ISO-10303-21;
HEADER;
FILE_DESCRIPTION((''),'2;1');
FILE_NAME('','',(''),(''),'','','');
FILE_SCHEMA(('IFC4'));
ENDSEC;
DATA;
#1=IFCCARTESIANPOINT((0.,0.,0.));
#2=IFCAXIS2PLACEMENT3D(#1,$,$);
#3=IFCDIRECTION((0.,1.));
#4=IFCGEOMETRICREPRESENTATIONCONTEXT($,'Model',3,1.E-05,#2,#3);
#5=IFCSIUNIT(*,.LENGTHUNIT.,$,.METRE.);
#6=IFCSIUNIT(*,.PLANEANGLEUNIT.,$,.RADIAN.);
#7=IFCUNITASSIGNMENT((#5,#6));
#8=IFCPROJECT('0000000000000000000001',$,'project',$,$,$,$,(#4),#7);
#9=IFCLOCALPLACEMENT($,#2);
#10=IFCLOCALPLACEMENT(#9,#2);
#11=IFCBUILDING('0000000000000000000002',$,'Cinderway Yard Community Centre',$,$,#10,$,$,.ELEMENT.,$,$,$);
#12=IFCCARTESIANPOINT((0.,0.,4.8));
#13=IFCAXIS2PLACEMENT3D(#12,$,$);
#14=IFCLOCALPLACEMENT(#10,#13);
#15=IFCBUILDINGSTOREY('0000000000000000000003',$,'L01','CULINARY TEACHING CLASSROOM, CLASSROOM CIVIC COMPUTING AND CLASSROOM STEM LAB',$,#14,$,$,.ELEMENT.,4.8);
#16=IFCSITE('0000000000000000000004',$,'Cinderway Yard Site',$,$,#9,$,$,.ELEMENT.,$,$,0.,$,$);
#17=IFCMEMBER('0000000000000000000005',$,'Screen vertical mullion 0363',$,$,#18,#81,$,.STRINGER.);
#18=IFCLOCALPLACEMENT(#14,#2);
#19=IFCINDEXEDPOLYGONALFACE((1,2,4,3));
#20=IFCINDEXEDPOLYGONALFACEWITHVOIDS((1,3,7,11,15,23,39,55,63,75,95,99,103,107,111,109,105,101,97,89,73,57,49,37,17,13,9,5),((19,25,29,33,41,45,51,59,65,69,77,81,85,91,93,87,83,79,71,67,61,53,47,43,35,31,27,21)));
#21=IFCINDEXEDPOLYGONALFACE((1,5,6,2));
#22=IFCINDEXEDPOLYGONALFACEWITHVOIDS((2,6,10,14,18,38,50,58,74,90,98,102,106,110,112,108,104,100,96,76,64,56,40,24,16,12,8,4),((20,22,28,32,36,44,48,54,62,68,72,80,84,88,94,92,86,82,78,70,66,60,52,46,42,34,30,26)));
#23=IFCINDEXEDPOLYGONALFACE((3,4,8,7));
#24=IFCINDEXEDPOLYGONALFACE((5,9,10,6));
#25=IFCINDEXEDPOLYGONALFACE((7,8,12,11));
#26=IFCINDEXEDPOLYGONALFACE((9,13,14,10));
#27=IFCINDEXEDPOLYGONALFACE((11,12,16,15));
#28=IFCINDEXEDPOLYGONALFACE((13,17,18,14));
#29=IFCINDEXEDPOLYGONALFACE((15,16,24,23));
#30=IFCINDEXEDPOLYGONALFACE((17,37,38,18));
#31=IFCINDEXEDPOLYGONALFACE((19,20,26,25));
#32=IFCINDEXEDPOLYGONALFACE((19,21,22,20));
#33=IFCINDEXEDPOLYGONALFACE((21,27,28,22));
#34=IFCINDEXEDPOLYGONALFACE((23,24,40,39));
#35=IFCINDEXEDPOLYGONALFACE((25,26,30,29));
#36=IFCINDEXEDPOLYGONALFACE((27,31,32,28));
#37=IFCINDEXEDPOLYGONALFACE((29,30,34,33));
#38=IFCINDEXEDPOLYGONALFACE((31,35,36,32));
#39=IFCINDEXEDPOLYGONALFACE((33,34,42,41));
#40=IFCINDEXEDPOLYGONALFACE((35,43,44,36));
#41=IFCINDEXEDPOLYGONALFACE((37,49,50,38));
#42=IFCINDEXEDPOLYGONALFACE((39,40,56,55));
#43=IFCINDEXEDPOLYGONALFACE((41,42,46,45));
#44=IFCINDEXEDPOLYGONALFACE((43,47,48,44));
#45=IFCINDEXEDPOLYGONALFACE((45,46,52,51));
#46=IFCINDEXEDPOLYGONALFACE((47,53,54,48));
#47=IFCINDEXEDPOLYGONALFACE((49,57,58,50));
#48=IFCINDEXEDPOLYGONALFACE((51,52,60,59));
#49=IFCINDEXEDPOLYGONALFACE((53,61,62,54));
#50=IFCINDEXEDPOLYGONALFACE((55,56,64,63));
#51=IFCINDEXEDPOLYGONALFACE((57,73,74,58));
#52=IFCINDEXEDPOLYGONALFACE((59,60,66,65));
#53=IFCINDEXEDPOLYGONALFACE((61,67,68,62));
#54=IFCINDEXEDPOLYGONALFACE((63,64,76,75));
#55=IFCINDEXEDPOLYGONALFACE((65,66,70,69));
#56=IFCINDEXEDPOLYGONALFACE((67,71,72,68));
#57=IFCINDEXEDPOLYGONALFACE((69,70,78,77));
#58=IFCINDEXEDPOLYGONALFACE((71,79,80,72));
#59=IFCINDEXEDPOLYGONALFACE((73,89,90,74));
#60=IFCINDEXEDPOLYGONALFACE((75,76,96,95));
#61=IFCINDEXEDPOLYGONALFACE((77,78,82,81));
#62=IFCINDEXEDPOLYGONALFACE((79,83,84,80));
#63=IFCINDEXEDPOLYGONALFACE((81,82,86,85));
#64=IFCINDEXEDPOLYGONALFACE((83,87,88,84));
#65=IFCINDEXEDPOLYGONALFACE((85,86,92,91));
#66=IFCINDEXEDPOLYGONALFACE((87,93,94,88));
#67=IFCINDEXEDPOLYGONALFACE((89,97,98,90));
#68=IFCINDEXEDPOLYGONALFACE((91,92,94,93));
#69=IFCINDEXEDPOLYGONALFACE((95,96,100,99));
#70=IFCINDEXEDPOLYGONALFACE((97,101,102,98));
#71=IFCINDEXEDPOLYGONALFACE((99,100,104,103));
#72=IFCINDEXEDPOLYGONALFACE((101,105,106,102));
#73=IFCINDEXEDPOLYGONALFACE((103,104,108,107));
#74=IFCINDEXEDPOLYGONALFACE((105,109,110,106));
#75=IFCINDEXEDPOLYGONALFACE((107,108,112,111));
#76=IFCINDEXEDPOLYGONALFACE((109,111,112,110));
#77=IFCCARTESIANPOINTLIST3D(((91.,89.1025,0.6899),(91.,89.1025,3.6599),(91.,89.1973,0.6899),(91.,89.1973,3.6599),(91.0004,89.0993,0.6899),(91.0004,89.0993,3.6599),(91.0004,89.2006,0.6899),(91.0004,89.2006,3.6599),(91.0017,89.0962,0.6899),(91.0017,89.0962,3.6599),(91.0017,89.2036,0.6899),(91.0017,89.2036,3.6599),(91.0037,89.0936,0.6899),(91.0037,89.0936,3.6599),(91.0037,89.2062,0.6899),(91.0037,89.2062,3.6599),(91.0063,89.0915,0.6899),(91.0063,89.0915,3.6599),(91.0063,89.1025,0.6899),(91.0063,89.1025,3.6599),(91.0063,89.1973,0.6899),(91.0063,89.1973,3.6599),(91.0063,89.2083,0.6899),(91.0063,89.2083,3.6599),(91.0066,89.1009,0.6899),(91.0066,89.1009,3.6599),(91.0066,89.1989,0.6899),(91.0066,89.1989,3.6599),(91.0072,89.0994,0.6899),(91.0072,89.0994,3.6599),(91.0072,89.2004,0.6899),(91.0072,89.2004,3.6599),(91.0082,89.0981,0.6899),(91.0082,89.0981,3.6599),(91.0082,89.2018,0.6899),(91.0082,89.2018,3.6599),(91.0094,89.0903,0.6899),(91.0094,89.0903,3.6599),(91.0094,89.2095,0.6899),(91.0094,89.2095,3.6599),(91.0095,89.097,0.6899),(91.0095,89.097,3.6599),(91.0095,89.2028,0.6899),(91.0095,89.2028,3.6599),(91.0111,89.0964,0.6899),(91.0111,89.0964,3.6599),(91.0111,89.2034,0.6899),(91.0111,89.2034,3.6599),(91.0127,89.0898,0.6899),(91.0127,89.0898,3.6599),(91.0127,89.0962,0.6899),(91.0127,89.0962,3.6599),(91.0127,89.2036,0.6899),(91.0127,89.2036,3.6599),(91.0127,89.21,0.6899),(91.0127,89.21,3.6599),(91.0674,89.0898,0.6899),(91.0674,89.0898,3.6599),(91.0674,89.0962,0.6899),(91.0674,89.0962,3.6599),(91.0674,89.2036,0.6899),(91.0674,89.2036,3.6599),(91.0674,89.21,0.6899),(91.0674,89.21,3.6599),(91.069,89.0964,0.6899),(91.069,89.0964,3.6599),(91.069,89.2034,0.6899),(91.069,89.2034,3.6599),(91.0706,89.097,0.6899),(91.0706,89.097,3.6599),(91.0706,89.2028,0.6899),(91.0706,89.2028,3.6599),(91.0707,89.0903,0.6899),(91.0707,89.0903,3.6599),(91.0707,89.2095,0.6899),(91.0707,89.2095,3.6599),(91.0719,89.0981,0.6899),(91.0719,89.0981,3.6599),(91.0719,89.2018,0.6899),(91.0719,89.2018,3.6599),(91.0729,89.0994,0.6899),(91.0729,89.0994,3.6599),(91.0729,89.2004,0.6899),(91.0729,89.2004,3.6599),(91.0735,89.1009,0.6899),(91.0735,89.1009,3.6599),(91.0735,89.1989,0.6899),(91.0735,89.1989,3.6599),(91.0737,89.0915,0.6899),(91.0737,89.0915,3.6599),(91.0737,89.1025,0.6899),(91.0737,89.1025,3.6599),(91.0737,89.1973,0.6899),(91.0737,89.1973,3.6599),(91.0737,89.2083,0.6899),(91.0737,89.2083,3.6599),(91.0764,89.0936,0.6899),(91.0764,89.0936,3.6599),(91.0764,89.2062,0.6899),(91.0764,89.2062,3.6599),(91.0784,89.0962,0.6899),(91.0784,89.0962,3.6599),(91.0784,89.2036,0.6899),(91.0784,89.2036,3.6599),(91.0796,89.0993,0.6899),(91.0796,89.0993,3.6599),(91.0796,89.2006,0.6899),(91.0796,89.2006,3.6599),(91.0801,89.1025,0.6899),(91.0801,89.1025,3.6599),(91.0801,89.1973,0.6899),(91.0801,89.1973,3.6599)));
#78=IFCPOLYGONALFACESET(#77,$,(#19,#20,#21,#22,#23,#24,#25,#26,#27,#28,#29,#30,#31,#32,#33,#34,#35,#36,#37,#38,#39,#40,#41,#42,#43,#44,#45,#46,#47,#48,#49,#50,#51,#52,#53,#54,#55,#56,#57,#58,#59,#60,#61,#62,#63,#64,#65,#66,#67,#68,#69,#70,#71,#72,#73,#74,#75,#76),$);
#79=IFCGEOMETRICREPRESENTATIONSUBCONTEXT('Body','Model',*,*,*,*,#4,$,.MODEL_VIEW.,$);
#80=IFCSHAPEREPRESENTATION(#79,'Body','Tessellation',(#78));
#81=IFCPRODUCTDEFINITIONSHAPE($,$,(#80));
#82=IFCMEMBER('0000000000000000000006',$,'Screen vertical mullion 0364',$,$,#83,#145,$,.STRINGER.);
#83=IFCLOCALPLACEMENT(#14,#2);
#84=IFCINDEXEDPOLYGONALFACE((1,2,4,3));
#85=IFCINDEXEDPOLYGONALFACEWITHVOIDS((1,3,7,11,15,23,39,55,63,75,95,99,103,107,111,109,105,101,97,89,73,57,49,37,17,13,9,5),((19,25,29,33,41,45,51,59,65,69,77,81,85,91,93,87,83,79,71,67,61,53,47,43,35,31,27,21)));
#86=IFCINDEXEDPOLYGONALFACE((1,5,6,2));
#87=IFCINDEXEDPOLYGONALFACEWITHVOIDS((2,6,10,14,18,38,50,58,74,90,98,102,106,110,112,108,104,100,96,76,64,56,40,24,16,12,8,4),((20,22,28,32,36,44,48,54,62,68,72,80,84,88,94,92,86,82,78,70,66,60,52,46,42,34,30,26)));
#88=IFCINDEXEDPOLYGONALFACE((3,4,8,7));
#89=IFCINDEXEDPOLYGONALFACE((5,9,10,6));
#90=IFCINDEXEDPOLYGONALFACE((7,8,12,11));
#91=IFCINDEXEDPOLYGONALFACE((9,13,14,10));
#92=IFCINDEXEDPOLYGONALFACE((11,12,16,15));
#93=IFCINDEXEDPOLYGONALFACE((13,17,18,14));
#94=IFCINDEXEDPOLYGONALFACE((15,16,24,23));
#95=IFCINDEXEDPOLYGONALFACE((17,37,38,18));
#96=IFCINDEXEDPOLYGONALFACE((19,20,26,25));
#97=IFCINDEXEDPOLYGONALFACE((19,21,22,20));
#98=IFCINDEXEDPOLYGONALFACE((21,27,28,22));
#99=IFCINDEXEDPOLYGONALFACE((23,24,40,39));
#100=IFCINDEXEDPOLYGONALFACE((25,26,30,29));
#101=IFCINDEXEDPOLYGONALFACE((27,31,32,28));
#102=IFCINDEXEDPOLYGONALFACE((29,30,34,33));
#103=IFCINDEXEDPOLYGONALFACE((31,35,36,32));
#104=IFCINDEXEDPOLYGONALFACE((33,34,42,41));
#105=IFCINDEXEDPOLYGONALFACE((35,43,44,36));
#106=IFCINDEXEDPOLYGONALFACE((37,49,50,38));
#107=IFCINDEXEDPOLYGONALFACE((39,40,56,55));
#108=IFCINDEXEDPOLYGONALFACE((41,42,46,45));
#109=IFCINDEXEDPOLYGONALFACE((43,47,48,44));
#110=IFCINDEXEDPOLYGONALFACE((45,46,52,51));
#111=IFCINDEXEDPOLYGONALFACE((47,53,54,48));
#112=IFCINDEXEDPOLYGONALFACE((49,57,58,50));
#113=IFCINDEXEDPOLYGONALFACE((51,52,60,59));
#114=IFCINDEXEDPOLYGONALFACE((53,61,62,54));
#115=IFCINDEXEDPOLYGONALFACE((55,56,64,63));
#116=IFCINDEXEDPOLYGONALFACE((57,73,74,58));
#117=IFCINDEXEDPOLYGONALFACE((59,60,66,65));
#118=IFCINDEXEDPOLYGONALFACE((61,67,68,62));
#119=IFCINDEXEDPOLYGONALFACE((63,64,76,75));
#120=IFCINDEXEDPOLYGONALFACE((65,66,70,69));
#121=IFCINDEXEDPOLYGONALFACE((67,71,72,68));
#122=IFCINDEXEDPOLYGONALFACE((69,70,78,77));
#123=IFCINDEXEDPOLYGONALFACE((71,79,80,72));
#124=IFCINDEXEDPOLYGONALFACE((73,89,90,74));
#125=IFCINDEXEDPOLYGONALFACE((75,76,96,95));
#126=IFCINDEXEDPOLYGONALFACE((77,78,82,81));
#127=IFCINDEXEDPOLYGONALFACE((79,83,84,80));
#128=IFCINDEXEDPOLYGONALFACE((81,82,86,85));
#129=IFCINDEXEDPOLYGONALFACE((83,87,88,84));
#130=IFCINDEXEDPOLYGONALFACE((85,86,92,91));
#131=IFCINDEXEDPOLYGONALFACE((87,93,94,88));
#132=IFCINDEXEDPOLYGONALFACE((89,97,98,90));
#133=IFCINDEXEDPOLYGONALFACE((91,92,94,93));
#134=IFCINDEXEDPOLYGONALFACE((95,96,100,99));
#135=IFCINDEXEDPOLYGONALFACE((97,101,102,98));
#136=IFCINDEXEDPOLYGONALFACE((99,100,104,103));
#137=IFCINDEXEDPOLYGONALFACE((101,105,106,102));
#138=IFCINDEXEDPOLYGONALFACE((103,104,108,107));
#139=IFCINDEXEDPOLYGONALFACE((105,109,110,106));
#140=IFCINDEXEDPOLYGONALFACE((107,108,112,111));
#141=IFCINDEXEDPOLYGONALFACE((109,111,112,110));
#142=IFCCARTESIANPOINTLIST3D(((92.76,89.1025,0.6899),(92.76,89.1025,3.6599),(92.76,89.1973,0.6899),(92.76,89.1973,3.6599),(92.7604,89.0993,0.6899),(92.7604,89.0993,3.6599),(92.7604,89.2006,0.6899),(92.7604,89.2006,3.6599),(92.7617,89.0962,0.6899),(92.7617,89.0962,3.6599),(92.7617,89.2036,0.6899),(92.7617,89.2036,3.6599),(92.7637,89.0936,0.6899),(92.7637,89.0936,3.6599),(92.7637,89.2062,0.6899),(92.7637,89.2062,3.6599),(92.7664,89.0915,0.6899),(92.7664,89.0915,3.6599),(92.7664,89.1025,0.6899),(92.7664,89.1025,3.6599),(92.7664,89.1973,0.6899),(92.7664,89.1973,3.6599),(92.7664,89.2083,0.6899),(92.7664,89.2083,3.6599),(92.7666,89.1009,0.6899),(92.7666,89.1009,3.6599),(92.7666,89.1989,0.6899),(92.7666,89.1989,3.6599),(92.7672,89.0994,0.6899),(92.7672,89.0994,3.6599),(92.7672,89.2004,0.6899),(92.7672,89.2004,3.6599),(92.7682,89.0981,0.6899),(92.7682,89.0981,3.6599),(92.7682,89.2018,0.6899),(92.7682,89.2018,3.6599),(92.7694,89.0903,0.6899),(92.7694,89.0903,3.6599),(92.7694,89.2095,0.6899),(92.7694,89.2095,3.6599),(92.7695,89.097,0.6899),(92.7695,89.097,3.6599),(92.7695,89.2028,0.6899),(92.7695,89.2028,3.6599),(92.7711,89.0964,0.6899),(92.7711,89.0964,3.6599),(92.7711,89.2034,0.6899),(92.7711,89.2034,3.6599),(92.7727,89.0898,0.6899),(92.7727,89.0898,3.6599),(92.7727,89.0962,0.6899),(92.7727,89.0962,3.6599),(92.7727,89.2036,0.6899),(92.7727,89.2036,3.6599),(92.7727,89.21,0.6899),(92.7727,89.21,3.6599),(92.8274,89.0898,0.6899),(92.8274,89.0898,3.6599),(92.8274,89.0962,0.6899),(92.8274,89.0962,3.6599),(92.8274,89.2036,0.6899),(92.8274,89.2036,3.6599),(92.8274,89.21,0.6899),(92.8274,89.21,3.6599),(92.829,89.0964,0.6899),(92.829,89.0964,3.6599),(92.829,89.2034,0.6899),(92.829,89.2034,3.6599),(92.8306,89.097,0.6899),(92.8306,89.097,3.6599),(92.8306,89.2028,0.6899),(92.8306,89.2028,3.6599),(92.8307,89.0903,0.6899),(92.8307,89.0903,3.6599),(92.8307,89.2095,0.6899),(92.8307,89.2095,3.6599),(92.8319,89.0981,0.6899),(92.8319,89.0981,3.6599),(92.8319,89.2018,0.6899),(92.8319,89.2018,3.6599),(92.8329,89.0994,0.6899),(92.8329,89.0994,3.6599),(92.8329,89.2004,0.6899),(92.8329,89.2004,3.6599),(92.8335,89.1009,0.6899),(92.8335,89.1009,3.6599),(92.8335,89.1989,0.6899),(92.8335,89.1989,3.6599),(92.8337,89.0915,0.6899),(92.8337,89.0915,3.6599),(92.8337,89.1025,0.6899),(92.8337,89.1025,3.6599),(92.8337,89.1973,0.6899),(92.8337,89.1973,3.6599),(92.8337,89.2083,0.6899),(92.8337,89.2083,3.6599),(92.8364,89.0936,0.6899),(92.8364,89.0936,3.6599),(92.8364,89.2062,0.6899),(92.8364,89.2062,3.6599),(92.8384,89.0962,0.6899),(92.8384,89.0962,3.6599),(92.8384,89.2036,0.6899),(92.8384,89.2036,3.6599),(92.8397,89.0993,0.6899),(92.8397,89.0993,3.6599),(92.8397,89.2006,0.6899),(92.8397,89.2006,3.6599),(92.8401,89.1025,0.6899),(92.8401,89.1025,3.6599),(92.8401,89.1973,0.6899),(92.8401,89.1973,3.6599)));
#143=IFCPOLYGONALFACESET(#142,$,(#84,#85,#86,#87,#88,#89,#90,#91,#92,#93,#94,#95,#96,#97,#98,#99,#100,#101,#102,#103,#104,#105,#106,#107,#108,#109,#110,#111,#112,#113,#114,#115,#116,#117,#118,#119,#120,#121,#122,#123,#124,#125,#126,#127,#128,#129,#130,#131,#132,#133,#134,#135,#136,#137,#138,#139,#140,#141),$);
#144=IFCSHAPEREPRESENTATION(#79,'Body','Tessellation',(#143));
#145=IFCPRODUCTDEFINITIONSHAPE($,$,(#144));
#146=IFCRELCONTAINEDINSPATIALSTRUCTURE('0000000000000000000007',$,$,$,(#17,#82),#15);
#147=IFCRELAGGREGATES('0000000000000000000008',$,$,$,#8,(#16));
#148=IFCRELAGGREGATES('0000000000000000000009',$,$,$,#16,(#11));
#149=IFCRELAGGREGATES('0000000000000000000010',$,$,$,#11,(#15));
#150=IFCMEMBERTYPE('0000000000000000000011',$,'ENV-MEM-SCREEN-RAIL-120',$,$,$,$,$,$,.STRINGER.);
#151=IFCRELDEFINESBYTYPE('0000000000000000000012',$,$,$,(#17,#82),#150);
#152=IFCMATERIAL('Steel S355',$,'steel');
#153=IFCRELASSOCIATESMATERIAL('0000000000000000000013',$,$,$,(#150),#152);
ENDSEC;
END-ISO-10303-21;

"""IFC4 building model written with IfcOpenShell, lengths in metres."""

from ifc_helpers import new_model, si_unit, direction, frame, origin, origin_2d, place, context, subcontext, project, spatial, hollow_rectangle, extrude, material, material_profile, profile_set, type_object, element, save


model = new_model("IFC4")

# Units and contexts
model_context = context("Model", 3, precision=1e-05, world=origin(), true_north=direction((0.0, 1.0)))
body_context = subcontext(model_context, "Body", "Model", "MODEL_VIEW")
ifc_project = project(units=[si_unit("LENGTHUNIT", "METRE"), si_unit("PLANEANGLEUNIT", "RADIAN")], contexts=[model_context])

# Site, building, storey
site_placement = place(None, origin())
site = spatial("IfcSite", under=ifc_project, at=site_placement, Name="Cinderway Yard Site", CompositionType="ELEMENT", RefElevation=0.0)
building_placement = place(site_placement, origin())
building = spatial("IfcBuilding", under=site, at=building_placement, Name="Cinderway Yard Community Centre", CompositionType="ELEMENT")
storey_placement = place(building_placement, frame((0.0, 0.0, 4.8)))
storey = spatial("IfcBuildingStorey", under=building, at=storey_placement, Name="L01", Description="CULINARY TEACHING CLASSROOM, CLASSROOM CIVIC COMPUTING AND CLASSROOM STEM LAB", CompositionType="ELEMENT", Elevation=4.8)

# Members
ifc_material_1 = material(Name="Steel S355", Category="steel")
ifc_material_profile_1 = material_profile(ifc_material_1, hollow_rectangle(XDim=0.0801, YDim=0.1201, WallThickness=0.0063, InnerFilletRadius=0.0063, OuterFilletRadius=0.0127, at=origin_2d()), Name="Steel S355")
ifc_profile_set_1 = profile_set([ifc_material_profile_1], Name="Steel S355")
member_type_1 = type_object("IfcMemberType", Name="ENV-MEM-SCREEN-RAIL-120", PredefinedType="STRINGER", material=ifc_profile_set_1)
for number, where, z_axis, x_axis, name in (
    (1, (91.04, 89.1499, 0.6899), (0.0, 0.0, 1.0), (1.0, 0.0, 0.0), "Screen vertical mullion 0363"),
    (2, (92.8, 89.1499, 0.6899), (0.0, 0.0, 1.0), (1.0, 0.0, 0.0), "Screen vertical mullion 0364"),
):
    element("IfcMember", number, at=place(storey_placement, frame(where, z_axis=z_axis, x_axis=x_axis)), inside=storey, type_object=member_type_1, Name=name, PredefinedType="STRINGER", context=body_context, shape_type="SweptSolid", body=[
        extrude(hollow_rectangle(XDim=0.0801, YDim=0.1201, WallThickness=0.0063, InnerFilletRadius=0.0063, OuterFilletRadius=0.0127, at=origin_2d()), origin(), (0.0, 0.0, 1.0), 2.97),
    ])

save(model, "model.ifc")
